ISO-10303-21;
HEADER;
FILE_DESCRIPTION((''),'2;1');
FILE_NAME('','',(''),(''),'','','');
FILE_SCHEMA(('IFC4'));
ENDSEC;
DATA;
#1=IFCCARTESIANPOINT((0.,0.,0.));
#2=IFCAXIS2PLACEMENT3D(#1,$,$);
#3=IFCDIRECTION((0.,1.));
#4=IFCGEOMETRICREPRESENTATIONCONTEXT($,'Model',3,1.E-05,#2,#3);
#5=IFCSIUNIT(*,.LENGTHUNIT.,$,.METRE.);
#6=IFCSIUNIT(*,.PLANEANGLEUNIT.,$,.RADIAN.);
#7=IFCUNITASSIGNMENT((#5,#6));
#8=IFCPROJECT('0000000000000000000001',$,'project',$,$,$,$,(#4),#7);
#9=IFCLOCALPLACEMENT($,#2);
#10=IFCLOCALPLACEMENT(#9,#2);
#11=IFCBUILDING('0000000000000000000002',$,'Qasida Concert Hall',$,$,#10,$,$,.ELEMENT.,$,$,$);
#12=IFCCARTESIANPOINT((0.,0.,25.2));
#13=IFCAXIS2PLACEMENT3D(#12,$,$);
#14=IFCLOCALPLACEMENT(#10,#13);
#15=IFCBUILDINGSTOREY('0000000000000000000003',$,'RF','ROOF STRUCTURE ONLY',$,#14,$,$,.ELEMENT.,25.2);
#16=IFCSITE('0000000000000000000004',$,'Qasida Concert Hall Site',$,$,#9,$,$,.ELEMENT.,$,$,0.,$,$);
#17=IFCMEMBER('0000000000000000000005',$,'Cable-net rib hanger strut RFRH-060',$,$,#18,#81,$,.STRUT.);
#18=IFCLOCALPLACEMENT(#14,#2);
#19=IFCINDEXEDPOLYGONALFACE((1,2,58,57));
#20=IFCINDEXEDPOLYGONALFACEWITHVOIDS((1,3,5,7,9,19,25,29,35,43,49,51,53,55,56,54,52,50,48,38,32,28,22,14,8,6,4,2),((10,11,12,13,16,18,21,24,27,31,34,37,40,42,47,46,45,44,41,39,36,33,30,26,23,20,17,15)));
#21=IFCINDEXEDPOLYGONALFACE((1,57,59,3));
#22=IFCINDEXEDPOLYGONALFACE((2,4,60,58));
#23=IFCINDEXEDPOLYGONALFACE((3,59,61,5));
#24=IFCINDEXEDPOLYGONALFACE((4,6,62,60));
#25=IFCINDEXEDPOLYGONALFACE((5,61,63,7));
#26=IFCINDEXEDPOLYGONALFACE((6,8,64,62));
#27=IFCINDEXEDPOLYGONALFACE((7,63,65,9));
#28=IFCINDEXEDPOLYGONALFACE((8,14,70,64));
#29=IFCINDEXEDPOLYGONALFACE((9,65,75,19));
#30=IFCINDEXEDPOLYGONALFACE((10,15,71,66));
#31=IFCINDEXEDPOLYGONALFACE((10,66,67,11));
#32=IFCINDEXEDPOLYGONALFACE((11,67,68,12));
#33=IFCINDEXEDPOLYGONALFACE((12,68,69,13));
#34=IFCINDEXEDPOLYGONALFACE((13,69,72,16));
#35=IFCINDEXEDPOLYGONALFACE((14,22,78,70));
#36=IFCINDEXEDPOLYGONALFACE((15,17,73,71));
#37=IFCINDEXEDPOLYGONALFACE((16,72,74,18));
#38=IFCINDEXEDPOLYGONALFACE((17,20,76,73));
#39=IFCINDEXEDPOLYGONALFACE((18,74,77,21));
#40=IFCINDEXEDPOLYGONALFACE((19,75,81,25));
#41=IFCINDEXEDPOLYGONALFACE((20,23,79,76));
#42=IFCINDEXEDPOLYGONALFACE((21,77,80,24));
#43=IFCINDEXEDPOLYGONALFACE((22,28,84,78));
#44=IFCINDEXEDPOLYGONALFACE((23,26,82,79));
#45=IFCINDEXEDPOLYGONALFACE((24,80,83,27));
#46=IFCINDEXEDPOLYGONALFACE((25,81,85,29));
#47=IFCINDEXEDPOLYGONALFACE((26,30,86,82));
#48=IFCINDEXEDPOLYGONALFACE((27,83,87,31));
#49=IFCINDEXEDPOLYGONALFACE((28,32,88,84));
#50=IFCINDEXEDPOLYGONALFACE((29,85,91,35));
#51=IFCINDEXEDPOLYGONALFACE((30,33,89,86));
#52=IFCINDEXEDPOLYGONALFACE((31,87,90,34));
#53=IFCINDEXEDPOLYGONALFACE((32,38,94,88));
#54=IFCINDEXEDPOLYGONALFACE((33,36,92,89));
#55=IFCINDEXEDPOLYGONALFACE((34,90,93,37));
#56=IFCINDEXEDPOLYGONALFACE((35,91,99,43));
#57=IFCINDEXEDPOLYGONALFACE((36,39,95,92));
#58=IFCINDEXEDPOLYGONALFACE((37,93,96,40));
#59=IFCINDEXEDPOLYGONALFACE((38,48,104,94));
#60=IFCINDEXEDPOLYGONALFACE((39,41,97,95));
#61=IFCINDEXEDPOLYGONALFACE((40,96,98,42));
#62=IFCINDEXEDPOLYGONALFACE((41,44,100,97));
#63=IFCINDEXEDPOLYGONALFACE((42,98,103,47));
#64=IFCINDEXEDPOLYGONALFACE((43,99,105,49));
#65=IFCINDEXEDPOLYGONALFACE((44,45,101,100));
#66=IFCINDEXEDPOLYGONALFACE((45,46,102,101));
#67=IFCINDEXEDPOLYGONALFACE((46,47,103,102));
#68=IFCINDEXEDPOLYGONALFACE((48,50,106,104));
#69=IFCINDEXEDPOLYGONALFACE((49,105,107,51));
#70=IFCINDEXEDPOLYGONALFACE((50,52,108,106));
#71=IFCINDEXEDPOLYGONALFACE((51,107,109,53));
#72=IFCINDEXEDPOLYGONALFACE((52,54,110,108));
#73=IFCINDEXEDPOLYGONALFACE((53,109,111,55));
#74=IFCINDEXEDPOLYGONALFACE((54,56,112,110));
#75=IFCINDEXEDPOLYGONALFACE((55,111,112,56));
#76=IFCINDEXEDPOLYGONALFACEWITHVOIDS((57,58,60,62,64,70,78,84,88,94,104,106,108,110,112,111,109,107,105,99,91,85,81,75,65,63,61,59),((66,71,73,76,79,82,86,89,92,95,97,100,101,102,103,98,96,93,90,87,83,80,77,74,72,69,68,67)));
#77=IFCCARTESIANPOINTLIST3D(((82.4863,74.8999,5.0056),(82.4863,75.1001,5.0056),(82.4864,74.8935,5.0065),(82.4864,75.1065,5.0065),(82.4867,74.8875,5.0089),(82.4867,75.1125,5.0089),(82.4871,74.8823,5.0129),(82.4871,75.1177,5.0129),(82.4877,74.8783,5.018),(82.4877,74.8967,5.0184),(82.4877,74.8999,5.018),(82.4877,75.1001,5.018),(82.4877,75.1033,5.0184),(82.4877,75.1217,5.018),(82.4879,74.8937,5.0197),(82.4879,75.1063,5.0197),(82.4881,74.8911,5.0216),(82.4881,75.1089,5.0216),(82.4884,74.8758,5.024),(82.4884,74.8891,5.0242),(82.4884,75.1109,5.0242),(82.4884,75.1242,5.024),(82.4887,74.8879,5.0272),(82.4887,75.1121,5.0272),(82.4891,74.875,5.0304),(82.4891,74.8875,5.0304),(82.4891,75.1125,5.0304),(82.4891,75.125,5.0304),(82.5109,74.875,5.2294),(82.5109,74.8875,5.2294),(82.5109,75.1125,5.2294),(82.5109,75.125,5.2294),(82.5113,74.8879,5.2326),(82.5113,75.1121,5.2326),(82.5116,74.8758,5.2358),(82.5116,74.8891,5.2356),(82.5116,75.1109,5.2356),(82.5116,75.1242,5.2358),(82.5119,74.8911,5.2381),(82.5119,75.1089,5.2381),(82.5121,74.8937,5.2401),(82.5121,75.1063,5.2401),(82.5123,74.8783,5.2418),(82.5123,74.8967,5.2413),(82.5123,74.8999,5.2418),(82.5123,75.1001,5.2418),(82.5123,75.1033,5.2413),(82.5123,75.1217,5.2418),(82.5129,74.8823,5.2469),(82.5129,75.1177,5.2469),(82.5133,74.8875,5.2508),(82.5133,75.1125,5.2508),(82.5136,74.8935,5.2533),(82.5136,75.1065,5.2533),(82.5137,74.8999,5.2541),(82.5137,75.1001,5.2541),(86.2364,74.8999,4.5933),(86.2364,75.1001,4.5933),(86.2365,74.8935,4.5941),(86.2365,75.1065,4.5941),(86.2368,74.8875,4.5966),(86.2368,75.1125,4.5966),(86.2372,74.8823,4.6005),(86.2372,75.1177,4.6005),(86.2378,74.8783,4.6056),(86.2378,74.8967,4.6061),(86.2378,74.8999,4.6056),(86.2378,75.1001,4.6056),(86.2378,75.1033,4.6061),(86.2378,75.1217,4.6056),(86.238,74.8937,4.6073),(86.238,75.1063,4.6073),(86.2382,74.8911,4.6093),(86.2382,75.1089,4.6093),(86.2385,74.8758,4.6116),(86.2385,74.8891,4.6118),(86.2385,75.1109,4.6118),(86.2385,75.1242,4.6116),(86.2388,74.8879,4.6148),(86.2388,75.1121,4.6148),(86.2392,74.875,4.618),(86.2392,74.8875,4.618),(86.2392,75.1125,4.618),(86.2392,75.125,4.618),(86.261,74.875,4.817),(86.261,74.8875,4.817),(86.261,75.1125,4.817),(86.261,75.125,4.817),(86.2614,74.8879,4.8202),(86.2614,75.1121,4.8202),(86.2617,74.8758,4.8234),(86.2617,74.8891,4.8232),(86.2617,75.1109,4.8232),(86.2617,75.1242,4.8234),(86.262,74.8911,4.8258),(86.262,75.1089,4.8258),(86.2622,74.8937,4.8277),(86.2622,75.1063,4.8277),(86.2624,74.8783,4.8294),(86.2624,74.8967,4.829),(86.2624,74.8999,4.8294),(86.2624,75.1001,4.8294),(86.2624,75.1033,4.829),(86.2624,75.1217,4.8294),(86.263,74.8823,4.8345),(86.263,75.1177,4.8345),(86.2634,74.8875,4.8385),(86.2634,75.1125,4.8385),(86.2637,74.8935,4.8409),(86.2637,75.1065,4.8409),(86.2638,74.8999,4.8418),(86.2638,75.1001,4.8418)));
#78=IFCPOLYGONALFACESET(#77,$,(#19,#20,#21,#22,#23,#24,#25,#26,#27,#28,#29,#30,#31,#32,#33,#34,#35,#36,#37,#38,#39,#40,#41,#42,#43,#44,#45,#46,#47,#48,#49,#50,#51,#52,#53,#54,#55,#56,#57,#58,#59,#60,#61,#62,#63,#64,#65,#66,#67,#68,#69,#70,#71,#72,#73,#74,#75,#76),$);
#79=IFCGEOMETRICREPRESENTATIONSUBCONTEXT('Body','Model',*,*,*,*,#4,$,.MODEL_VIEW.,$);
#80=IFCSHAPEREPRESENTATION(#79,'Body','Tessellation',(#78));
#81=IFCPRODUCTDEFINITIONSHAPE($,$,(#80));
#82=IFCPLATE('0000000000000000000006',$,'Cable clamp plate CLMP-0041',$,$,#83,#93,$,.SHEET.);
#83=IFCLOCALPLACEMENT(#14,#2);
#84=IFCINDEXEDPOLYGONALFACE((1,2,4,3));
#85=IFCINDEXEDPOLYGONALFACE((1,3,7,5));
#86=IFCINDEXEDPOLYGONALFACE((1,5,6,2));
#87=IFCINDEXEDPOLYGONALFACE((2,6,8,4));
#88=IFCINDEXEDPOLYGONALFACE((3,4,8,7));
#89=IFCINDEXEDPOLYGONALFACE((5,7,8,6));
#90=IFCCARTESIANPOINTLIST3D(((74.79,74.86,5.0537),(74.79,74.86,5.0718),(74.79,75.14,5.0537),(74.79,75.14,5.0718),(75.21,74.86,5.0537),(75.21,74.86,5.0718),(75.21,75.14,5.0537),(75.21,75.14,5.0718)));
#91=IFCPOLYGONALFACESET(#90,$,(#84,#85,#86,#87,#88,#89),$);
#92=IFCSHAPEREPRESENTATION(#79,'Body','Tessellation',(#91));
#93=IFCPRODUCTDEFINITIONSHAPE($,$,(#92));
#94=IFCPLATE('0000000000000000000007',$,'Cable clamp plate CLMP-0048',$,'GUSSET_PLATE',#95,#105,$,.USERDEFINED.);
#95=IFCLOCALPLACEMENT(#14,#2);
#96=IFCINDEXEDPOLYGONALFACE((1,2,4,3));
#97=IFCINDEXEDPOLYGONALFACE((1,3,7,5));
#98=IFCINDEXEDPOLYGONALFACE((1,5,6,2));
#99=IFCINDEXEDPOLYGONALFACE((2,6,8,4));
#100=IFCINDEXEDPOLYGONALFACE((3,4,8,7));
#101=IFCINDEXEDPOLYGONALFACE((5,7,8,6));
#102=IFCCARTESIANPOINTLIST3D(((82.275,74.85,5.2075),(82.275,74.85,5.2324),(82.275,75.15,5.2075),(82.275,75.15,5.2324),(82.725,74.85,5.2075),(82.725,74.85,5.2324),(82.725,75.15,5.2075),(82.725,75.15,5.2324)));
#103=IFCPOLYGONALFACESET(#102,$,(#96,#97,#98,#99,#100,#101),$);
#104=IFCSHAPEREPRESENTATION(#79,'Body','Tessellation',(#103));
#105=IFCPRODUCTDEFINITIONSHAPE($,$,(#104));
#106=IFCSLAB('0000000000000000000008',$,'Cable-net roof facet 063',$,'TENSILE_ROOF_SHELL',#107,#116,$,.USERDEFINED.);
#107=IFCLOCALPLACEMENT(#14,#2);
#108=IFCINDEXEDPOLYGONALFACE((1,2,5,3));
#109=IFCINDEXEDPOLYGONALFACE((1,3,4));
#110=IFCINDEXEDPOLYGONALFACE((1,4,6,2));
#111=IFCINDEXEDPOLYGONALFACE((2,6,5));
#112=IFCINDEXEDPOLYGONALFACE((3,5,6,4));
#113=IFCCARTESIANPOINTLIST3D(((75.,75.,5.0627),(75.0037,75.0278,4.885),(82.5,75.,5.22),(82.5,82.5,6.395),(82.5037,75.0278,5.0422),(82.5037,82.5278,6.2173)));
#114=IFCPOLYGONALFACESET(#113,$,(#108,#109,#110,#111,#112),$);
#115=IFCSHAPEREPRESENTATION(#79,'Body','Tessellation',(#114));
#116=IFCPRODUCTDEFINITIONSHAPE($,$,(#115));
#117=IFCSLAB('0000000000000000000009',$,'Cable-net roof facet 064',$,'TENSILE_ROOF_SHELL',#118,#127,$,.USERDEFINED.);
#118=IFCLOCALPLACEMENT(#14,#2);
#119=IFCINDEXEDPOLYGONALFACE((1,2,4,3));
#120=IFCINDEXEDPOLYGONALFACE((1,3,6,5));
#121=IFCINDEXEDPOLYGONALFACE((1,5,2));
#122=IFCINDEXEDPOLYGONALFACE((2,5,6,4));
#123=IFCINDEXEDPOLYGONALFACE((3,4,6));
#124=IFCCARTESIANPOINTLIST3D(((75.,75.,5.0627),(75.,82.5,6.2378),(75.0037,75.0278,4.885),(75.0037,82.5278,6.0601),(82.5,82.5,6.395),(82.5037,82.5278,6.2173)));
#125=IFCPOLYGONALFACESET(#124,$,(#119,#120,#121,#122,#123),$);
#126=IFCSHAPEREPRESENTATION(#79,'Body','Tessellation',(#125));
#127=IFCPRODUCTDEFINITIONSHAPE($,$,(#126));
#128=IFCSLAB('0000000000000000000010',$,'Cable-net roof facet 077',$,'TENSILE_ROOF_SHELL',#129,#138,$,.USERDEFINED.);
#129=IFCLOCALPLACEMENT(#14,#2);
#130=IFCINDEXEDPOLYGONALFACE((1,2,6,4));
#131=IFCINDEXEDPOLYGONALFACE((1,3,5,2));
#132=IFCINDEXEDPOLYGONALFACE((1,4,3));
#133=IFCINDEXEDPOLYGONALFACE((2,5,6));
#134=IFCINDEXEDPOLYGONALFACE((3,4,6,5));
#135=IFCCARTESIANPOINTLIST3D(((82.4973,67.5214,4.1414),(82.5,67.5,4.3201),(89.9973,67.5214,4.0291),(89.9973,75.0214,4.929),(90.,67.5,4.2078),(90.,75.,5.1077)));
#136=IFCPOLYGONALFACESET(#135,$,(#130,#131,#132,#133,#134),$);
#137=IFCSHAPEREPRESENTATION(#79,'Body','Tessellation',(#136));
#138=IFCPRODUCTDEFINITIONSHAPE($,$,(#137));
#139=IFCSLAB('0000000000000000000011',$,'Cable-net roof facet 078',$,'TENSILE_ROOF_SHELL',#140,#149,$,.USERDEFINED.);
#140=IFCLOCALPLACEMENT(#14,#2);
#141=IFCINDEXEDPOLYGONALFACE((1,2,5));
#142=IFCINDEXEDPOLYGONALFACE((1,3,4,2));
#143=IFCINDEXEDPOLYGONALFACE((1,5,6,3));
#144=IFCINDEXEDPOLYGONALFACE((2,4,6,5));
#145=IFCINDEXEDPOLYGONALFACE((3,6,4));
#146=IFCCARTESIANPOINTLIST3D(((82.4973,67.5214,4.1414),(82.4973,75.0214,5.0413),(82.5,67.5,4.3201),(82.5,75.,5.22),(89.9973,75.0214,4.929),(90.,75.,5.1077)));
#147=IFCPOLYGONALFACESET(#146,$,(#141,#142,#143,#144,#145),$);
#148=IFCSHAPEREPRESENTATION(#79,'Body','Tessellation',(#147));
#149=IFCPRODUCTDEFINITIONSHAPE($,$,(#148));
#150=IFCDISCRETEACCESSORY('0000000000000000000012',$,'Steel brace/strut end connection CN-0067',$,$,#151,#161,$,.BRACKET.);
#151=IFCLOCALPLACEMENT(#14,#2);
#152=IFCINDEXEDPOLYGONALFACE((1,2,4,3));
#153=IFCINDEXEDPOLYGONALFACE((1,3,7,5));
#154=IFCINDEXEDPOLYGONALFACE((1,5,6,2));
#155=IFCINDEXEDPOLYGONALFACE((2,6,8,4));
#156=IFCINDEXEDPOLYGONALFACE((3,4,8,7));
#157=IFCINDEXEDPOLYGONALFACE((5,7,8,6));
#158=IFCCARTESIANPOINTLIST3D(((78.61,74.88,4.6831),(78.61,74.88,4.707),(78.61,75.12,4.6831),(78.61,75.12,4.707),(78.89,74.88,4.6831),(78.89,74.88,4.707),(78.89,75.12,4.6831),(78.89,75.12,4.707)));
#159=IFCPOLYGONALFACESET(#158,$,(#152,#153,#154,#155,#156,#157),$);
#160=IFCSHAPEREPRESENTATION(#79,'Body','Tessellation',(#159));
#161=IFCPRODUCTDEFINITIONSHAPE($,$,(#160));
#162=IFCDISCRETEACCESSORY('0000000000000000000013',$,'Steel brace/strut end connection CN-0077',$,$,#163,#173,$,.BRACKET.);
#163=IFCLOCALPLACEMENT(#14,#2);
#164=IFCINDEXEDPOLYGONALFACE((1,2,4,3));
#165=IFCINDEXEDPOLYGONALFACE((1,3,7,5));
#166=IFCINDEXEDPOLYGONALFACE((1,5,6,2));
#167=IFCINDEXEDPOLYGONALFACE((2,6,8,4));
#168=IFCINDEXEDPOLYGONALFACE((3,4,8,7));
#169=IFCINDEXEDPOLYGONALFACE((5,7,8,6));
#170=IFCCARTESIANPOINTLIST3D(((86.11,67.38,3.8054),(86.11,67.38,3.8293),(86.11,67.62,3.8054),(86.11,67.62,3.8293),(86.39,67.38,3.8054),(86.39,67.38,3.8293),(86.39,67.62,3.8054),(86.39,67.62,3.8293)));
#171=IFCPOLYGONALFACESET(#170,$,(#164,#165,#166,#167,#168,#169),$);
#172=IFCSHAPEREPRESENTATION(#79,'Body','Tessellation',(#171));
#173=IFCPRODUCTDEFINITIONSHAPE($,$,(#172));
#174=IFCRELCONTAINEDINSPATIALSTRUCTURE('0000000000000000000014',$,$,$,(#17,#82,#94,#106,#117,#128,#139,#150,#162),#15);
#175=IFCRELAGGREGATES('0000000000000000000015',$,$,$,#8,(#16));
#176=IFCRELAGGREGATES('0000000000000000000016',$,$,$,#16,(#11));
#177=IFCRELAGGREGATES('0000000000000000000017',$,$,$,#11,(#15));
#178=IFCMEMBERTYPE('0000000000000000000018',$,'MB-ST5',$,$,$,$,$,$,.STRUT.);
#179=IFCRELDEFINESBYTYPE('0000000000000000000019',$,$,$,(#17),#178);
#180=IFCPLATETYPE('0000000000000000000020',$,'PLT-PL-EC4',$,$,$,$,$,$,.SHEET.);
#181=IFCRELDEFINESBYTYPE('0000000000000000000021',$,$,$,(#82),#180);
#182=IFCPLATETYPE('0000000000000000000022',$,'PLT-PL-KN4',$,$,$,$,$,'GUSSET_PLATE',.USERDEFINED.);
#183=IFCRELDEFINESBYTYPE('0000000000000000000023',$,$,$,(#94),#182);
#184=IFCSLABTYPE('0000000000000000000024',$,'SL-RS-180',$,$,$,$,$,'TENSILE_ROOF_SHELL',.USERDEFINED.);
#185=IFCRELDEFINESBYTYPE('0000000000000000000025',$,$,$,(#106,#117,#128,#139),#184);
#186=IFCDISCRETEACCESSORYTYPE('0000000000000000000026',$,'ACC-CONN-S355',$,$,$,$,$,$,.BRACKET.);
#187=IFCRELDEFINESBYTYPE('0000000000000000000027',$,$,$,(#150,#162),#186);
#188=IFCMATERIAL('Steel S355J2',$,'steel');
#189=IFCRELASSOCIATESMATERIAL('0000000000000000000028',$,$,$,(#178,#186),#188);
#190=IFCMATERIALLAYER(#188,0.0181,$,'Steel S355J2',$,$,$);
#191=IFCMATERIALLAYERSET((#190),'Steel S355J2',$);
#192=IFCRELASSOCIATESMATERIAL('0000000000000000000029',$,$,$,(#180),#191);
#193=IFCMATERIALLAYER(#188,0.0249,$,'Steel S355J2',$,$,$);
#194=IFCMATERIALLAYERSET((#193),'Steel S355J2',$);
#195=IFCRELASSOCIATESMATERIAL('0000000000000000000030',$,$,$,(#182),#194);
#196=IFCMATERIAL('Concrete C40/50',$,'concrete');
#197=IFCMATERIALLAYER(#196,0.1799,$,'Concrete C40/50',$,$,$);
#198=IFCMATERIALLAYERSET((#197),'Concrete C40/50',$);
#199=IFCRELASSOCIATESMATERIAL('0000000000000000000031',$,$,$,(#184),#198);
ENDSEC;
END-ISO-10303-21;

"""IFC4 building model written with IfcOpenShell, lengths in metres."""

from ifc_helpers import new_model, si_unit, direction, frame, origin, origin_2d, place, context, subcontext, project, spatial, polyline, rectangle, hollow_rectangle, outline, extrude, material, layer, layer_set, material_profile, profile_set, type_object, element, save


model = new_model("IFC4")

# Units and contexts
model_context = context("Model", 3, precision=1e-05, world=origin(), true_north=direction((0.0, 1.0)))
body_context = subcontext(model_context, "Body", "Model", "MODEL_VIEW")
ifc_project = project(units=[si_unit("LENGTHUNIT", "METRE"), si_unit("PLANEANGLEUNIT", "RADIAN")], contexts=[model_context])

# Site, building, storey
site_placement = place(None, origin())
site = spatial("IfcSite", under=ifc_project, at=site_placement, Name="Qasida Concert Hall Site", CompositionType="ELEMENT", RefElevation=0.0)
building_placement = place(site_placement, origin())
building = spatial("IfcBuilding", under=site, at=building_placement, Name="Qasida Concert Hall", CompositionType="ELEMENT")
storey_placement = place(building_placement, frame((0.0, 0.0, 25.2)))
storey = spatial("IfcBuildingStorey", under=building, at=storey_placement, Name="RF", Description="ROOF STRUCTURE ONLY", CompositionType="ELEMENT", Elevation=25.2)

# Member
ifc_material_1 = material(Name="Steel S355J2", Category="steel")
ifc_material_profile_1 = material_profile(ifc_material_1, hollow_rectangle(XDim=0.25, YDim=0.25, WallThickness=0.0125, InnerFilletRadius=0.0125, OuterFilletRadius=0.0249, at=origin_2d()), Name="SHS 250x250x12.5")
ifc_profile_set_1 = profile_set([ifc_material_profile_1], Name="Steel S355J2")
member_type_1 = type_object("IfcMemberType", Name="MB-ST5", PredefinedType="STRUT", material=ifc_profile_set_1)
for number, where, z_axis, x_axis, name in (
    (1, (82.5, 75.0, 5.1299), (0.994009, 0.0, -0.109302), (0.0, 1.0, 0.0), "Cable-net rib hanger strut RFRH-060"),
):
    element("IfcMember", number, at=place(storey_placement, frame(where, z_axis=z_axis, x_axis=x_axis)), inside=storey, type_object=member_type_1, Name=name, PredefinedType="STRUT", context=body_context, shape_type="SweptSolid", body=[
        extrude(hollow_rectangle(XDim=0.25, YDim=0.25, WallThickness=0.0125, InnerFilletRadius=0.0125, OuterFilletRadius=0.0249, at=origin_2d()), origin(), (0.0, 0.0, 1.0), 3.7727),
    ])

# Plates
ifc_layer_1 = layer(ifc_material_1, 0.0181, Name="Steel S355J2")
ifc_layer_set_1 = layer_set([ifc_layer_1], Name="Steel S355J2")
plate_type_1 = type_object("IfcPlateType", Name="PLT-PL-EC4", PredefinedType="SHEET", material=ifc_layer_set_1)
plate_1_placement = place(storey_placement, frame((75.0, 75.0, 5.0537), z_axis=(0.0, 0.0, 1.0), x_axis=(1.0, 0.0, 0.0)))
element("IfcPlate", 2, at=plate_1_placement, inside=storey, type_object=plate_type_1, Name="Cable clamp plate CLMP-0041", PredefinedType="SHEET", context=body_context, shape_type="SweptSolid", body=[
    extrude(rectangle(XDim=0.4199, YDim=0.28, at=origin_2d()), origin(), (0.0, 0.0, 1.0), 0.0181),
])
ifc_layer_2 = layer(ifc_material_1, 0.0249, Name="Steel S355J2")
ifc_layer_set_2 = layer_set([ifc_layer_2], Name="Steel S355J2")
plate_type_2 = type_object("IfcPlateType", Name="PLT-PL-KN4", ElementType="GUSSET_PLATE", PredefinedType="USERDEFINED", material=ifc_layer_set_2)
plate_2_placement = place(storey_placement, frame((82.5, 75.0, 5.2075), z_axis=(0.0, 0.0, 1.0), x_axis=(1.0, 0.0, 0.0)))
element("IfcPlate", 3, at=plate_2_placement, inside=storey, type_object=plate_type_2, Name="Cable clamp plate CLMP-0048", ObjectType="GUSSET_PLATE", PredefinedType="USERDEFINED", context=body_context, shape_type="SweptSolid", body=[
    extrude(rectangle(XDim=0.45, YDim=0.3, at=origin_2d()), origin(), (0.0, 0.0, 1.0), 0.0249),
])

# Slabs
ifc_material_2 = material(Name="Concrete C40/50", Category="concrete")
ifc_layer_3 = layer(ifc_material_2, 0.1799, Name="Concrete C40/50")
ifc_layer_set_3 = layer_set([ifc_layer_3], Name="Concrete C40/50")
slab_type = type_object("IfcSlabType", Name="SL-RS-180", ElementType="TENSILE_ROOF_SHELL", PredefinedType="USERDEFINED", material=ifc_layer_set_3)
slab_1_placement = place(storey_placement, frame((75.0, 75.0, 5.0627), z_axis=(-0.020706, -0.154752, 0.987736), x_axis=(0.99978, 0.0, 0.020959)))
element("IfcSlab", 4, at=slab_1_placement, inside=storey, type_object=slab_type, Name="Cable-net roof facet 063", ObjectType="TENSILE_ROOF_SHELL", PredefinedType="USERDEFINED", context=body_context, shape_type="SweptSolid", body=[
    extrude(outline(polyline([(0.0, 0.0), (7.5016, 0.0), (7.5263, 7.5915), (0.0, 0.0)])), origin(), (0.0, 0.0, -1.0), 0.1799),
])
slab_2_placement = place(storey_placement, frame((75.0, 75.0, 5.0627), z_axis=(-0.020706, -0.154752, 0.987736), x_axis=(0.701594, 0.701594, 0.124629)))
element("IfcSlab", 5, at=slab_2_placement, inside=storey, type_object=slab_type, Name="Cable-net roof facet 064", ObjectType="TENSILE_ROOF_SHELL", PredefinedType="USERDEFINED", context=body_context, shape_type="SweptSolid", body=[
    extrude(outline(polyline([(0.0, 0.0), (10.6899, 0.0), (5.4084, 5.3273), (0.0, 0.0)])), origin(), (0.0, 0.0, -1.0), 0.1799),
])
slab_3_placement = place(storey_placement, frame((82.5, 67.5, 4.3201), z_axis=(0.014866, -0.119119, 0.992769), x_axis=(0.999888, 0.0, -0.014972)))
element("IfcSlab", 6, at=slab_3_placement, inside=storey, type_object=slab_type, Name="Cable-net roof facet 077", ObjectType="TENSILE_ROOF_SHELL", PredefinedType="USERDEFINED", context=body_context, shape_type="SweptSolid", body=[
    extrude(outline(polyline([(0.0, 0.0), (7.5008, 0.0), (7.4874, 7.5538), (0.0, 0.0)])), origin(), (0.0, 0.0, -1.0), 0.1799),
])
slab_4_placement = place(storey_placement, frame((82.5, 67.5, 4.3201), z_axis=(0.014866, -0.119119, 0.992769), x_axis=(0.705165, 0.705165, 0.074052)))
element("IfcSlab", 7, at=slab_4_placement, inside=storey, type_object=slab_type, Name="Cable-net roof facet 078", ObjectType="TENSILE_ROOF_SHELL", PredefinedType="USERDEFINED", context=body_context, shape_type="SweptSolid", body=[
    extrude(outline(polyline([(0.0, 0.0), (10.6358, 0.0), (5.3554, 5.3273), (0.0, 0.0)])), origin(), (0.0, 0.0, -1.0), 0.1799),
])

# Discrete accessories
discrete_accessory_type = type_object("IfcDiscreteAccessoryType", Name="ACC-CONN-S355", PredefinedType="BRACKET", material=ifc_material_1)
for number, where, z_axis, x_axis, name in (
    (8, (78.75, 75.0, 4.6831), (0.0, 0.0, 1.0), (1.0, 0.0, 0.0), "Steel brace/strut end connection CN-0067"),
    (9, (86.25, 67.5, 3.8054), (0.0, 0.0, 1.0), (1.0, 0.0, 0.0), "Steel brace/strut end connection CN-0077"),
):
    element("IfcDiscreteAccessory", number, at=place(storey_placement, frame(where, z_axis=z_axis, x_axis=x_axis)), inside=storey, type_object=discrete_accessory_type, Name=name, PredefinedType="BRACKET", context=body_context, shape_type="SweptSolid", body=[
        extrude(rectangle(XDim=0.28, YDim=0.24, at=origin_2d()), origin(), (0.0, 0.0, 1.0), 0.0239),
    ])

save(model, "model.ifc")
